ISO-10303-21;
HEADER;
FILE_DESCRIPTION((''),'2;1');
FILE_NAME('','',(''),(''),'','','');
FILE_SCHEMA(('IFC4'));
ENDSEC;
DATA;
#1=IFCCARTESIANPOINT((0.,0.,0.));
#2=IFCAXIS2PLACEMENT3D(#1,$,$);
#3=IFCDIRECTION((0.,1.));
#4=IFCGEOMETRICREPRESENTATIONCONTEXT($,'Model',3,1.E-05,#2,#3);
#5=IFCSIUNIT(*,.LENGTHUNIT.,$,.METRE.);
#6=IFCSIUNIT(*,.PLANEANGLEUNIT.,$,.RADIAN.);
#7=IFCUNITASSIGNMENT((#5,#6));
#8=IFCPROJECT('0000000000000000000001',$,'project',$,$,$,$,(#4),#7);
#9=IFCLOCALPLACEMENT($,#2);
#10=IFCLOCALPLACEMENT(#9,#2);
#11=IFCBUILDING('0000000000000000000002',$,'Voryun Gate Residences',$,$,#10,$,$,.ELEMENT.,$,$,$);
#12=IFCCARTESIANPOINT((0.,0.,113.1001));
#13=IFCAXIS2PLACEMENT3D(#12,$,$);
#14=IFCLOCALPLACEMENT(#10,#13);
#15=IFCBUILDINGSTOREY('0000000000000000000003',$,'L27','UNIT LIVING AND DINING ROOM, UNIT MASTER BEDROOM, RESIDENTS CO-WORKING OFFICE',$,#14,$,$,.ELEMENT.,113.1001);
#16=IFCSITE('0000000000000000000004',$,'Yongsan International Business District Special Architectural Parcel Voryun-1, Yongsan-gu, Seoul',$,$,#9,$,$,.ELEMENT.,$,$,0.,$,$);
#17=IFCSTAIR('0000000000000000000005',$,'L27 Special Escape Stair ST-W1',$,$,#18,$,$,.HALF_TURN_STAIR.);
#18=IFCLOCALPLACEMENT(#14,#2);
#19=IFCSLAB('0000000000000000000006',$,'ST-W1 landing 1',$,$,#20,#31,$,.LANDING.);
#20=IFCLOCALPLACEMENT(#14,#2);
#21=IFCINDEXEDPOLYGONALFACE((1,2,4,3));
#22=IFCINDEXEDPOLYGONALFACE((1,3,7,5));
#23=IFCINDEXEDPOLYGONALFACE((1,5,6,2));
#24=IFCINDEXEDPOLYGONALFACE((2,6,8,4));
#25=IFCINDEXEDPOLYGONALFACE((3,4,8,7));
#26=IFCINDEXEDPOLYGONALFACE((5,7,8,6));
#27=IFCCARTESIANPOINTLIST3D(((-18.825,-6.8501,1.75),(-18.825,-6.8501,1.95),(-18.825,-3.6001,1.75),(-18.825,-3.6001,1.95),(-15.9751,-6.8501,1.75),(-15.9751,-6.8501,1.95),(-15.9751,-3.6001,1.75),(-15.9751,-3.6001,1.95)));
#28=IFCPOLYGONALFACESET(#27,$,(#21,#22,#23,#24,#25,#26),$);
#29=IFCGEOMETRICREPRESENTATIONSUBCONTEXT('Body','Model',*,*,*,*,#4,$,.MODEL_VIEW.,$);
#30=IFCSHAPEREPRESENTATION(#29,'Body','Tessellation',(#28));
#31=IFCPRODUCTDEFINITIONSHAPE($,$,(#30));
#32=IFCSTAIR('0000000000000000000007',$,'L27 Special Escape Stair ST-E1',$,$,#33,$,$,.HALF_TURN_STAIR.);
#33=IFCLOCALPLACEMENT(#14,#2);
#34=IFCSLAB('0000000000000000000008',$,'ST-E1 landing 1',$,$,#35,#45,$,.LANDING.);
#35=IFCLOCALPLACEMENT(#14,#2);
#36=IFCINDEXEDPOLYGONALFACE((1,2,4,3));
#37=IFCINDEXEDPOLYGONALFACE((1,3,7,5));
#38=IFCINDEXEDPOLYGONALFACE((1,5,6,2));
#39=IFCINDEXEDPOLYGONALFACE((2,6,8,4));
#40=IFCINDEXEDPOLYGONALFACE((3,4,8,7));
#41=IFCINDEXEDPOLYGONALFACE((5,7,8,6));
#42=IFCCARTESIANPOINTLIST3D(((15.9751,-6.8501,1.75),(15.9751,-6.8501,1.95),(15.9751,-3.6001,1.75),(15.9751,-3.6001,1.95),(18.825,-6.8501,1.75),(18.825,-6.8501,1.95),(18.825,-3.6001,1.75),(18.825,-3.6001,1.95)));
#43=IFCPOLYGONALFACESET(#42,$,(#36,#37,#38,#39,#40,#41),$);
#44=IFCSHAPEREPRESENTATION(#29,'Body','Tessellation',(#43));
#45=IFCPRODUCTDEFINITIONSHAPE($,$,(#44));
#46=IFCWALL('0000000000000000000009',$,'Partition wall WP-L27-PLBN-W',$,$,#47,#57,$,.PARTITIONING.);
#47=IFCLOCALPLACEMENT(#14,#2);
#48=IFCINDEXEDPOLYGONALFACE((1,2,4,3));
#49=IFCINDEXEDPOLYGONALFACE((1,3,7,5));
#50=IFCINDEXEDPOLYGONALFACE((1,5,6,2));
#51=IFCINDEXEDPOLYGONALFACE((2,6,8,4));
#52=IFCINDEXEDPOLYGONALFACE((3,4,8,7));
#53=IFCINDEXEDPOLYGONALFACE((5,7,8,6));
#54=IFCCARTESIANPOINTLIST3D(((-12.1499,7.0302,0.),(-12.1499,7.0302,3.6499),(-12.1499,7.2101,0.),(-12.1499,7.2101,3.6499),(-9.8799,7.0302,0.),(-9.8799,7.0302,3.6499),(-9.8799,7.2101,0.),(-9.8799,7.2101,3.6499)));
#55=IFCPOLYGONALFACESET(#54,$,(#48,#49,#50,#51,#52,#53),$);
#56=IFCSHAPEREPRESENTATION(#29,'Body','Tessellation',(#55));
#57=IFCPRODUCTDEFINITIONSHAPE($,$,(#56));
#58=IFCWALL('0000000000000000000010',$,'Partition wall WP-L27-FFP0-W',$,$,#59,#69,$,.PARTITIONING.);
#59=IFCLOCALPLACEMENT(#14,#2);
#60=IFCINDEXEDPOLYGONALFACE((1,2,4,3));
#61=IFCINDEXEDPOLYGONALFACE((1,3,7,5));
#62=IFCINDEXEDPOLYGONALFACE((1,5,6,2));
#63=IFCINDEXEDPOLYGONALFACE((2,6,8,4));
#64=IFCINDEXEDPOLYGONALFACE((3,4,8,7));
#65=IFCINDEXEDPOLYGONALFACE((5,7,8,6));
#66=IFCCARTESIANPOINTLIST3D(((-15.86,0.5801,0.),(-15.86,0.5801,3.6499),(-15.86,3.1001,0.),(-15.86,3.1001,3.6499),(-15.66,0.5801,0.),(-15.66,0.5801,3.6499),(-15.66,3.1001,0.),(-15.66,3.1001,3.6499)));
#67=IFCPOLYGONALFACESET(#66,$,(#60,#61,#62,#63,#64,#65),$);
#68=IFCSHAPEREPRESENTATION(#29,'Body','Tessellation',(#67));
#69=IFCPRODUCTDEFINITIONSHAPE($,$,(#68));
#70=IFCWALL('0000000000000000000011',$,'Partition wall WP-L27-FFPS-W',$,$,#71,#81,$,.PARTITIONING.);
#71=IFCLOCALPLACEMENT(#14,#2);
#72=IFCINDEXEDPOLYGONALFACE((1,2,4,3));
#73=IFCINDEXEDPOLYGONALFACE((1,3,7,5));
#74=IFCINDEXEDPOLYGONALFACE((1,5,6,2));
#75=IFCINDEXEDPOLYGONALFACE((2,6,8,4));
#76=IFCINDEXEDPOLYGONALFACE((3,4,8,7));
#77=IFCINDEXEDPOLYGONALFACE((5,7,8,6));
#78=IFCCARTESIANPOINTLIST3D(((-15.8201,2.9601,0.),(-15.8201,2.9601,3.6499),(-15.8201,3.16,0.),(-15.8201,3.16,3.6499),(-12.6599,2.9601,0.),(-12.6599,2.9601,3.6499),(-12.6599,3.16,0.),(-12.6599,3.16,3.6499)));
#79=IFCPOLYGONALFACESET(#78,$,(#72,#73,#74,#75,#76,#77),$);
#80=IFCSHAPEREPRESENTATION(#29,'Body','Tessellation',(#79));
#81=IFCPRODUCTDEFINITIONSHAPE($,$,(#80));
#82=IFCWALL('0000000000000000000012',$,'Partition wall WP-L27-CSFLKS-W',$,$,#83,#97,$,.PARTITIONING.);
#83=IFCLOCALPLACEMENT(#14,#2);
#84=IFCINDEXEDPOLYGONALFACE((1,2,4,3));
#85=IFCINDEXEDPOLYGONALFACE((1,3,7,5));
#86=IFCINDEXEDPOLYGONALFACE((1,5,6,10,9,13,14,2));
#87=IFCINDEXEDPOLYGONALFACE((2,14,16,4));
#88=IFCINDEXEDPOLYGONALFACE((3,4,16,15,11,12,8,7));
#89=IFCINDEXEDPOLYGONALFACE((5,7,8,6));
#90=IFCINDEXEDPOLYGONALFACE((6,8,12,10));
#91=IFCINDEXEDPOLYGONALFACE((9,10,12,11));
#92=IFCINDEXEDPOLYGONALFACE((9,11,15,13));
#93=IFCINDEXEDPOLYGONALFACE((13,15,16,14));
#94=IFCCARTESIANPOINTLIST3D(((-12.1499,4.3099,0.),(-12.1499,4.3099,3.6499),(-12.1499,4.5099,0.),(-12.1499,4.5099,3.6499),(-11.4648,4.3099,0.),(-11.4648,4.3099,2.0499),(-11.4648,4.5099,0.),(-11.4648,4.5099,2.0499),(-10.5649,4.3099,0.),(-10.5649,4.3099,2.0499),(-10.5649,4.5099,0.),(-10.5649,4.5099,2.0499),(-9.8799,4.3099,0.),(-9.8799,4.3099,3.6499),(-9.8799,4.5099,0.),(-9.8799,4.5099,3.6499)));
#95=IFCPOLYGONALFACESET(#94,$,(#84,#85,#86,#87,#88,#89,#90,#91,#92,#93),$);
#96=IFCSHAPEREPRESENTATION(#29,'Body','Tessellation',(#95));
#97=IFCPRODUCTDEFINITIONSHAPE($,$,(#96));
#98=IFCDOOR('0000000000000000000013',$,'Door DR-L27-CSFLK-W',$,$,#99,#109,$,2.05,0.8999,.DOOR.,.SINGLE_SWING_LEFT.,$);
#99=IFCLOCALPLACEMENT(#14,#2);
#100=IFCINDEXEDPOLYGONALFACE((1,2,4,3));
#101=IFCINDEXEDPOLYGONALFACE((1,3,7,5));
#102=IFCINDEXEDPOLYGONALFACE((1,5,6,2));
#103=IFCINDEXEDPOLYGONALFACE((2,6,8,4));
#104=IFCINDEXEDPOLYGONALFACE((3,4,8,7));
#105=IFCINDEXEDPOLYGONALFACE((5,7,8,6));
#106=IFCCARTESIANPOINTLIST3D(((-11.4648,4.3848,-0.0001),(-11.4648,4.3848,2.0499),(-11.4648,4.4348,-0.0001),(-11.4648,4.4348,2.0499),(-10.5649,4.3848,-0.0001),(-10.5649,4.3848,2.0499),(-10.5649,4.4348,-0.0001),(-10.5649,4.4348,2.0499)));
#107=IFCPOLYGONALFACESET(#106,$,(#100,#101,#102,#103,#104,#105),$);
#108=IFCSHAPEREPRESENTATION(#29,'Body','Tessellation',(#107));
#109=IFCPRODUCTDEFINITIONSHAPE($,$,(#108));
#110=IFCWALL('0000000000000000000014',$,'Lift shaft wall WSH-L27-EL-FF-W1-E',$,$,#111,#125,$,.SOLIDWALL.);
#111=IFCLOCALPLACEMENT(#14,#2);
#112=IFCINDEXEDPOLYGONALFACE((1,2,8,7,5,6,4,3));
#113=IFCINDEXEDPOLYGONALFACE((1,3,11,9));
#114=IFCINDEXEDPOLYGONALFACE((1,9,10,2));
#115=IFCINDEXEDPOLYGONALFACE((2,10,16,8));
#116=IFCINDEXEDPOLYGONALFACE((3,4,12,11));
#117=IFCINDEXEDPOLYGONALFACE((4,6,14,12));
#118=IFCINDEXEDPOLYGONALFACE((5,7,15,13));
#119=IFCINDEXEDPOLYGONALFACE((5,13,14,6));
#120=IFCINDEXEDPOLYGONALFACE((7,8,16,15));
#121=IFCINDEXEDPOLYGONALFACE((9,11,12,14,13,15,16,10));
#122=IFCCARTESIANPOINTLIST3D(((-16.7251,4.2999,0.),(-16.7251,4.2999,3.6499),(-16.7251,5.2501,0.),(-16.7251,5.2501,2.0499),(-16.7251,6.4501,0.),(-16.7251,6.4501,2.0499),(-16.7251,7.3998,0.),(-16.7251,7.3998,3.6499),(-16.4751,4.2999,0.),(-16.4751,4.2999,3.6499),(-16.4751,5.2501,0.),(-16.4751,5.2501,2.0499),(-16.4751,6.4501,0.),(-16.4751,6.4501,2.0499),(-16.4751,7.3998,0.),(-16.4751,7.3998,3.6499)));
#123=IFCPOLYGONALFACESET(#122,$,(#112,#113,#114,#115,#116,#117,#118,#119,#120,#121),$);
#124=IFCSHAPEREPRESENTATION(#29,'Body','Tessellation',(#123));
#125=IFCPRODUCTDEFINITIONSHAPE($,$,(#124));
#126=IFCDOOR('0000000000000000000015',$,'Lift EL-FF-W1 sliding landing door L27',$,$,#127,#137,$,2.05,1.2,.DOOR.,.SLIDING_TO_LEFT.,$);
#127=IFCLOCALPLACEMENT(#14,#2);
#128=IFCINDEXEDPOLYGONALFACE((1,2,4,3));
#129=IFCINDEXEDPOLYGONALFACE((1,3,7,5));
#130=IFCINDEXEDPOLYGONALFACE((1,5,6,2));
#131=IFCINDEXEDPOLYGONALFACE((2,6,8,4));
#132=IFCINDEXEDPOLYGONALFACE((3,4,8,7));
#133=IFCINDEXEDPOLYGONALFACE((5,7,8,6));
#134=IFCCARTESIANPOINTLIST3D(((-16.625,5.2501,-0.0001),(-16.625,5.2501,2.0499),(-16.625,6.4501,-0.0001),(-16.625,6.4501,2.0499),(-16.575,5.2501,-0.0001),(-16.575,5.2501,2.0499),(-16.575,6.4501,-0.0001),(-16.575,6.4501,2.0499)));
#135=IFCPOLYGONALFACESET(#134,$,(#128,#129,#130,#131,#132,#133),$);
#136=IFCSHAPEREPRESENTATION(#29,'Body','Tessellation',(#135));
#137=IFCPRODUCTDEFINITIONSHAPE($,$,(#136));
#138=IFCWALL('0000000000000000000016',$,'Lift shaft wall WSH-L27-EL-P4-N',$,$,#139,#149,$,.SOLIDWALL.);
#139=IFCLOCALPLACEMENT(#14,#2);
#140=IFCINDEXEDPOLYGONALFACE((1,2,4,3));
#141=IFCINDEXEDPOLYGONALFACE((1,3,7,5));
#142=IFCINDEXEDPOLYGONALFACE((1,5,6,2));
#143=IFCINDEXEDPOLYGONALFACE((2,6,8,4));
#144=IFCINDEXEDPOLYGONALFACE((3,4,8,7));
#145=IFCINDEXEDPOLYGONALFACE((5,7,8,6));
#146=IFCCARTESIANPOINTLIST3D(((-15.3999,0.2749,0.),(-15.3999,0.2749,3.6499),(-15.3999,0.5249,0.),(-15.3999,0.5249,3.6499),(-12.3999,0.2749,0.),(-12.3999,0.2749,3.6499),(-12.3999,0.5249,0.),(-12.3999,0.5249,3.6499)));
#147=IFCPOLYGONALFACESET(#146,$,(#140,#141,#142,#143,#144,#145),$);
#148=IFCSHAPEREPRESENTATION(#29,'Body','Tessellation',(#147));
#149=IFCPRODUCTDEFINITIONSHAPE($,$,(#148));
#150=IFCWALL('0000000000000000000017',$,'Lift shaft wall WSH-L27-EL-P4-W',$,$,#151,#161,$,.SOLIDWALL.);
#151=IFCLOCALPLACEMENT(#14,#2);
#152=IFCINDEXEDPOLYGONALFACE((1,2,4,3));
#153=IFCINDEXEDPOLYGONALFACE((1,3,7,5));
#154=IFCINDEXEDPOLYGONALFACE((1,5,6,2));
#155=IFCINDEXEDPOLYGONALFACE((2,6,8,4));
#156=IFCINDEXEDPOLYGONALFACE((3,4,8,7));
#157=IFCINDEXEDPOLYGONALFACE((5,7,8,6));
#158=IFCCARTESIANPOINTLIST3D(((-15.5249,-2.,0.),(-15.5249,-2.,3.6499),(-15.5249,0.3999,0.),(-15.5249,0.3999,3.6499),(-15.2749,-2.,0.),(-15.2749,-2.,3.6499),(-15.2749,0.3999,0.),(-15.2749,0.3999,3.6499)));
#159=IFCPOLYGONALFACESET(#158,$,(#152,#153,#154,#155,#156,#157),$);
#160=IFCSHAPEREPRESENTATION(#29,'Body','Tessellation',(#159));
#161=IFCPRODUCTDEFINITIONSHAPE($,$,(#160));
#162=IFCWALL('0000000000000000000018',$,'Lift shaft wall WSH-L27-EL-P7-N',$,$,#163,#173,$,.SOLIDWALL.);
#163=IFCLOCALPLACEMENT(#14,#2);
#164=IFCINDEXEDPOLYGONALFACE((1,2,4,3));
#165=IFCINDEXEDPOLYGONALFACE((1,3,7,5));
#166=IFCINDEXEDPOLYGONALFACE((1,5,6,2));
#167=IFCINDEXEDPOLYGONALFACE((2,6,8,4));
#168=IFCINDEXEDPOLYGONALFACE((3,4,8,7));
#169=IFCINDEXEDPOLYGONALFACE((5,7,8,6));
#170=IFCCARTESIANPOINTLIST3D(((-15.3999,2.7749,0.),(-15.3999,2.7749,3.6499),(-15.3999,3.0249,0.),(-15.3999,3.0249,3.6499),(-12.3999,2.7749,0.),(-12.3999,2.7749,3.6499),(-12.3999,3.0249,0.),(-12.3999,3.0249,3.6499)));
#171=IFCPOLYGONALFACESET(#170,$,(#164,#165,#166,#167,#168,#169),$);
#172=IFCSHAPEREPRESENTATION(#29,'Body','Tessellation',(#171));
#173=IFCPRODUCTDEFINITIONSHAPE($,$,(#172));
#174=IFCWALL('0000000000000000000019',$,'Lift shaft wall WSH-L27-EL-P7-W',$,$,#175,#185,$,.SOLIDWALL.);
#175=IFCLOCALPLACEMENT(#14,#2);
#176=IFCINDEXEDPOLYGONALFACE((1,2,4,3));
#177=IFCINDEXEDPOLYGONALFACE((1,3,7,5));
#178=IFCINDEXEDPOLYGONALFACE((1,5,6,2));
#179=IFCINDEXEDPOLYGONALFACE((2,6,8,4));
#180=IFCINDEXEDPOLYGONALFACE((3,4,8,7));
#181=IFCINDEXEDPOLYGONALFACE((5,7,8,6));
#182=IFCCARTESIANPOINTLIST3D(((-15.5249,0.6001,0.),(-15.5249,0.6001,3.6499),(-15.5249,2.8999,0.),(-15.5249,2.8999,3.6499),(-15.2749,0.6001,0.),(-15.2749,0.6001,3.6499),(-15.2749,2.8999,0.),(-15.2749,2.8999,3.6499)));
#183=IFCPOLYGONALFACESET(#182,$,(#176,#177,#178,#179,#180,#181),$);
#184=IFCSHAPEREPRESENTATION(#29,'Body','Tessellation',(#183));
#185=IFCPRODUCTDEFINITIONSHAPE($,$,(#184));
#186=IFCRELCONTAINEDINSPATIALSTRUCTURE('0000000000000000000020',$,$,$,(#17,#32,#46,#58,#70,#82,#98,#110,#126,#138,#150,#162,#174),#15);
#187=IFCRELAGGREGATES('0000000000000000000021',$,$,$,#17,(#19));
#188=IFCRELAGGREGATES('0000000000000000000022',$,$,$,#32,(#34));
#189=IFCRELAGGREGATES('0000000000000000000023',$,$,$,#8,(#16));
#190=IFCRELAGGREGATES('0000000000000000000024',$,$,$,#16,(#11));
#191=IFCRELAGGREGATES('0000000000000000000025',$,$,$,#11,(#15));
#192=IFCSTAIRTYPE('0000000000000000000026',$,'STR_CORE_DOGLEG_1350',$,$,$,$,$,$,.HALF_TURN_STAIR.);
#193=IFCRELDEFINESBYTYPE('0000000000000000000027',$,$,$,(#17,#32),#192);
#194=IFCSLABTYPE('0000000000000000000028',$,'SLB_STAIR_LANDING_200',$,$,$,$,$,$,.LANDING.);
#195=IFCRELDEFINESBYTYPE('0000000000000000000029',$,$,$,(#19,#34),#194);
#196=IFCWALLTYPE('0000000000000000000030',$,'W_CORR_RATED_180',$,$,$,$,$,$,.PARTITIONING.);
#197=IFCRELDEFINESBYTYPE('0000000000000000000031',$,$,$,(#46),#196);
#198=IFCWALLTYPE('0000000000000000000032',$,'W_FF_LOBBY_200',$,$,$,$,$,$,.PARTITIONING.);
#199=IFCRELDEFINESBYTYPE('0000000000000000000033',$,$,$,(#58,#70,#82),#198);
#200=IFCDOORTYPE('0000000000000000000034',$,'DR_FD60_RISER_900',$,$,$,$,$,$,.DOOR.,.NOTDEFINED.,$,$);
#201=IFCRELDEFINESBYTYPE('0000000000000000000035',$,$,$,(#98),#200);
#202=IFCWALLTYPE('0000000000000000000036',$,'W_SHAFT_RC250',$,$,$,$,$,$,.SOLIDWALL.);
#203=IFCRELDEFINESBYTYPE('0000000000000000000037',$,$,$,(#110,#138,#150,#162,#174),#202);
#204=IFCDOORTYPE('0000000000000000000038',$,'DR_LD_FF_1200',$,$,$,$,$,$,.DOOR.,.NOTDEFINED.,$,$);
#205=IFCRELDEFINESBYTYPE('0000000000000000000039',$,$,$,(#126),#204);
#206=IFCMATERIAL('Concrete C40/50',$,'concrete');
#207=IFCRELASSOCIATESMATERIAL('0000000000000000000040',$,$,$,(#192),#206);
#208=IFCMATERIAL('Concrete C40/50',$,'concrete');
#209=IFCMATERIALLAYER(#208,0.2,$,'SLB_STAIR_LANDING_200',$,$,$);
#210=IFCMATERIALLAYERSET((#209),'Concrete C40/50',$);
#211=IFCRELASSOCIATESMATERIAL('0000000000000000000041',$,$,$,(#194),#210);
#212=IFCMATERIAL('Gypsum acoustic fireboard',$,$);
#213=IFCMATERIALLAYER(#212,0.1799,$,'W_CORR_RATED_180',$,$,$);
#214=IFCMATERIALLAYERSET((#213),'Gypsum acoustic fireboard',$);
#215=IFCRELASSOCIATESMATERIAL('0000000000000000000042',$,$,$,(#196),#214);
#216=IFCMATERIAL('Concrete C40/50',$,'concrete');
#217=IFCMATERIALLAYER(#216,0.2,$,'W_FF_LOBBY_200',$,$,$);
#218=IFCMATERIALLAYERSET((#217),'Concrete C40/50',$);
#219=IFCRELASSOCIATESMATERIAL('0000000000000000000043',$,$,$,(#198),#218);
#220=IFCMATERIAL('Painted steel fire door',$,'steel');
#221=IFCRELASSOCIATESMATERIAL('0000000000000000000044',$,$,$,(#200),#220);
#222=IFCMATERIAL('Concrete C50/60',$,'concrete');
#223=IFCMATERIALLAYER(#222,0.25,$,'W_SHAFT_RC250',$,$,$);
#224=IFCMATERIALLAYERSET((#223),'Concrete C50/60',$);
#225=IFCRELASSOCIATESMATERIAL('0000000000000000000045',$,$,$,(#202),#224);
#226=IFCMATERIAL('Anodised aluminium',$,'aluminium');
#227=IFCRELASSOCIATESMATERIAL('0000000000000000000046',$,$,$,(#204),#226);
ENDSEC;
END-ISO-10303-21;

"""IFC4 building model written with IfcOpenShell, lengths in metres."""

from ifc_helpers import new_model, si_unit, direction, frame, frame_2d, origin, place, context, subcontext, project, spatial, polyline, rectangle, outline, extrude, material, layer, layer_set, type_object, element, fill, aggregate, save


model = new_model("IFC4")

# Units and contexts
model_context = context("Model", 3, precision=1e-05, world=origin(), true_north=direction((0.0, 1.0)))
body_context = subcontext(model_context, "Body", "Model", "MODEL_VIEW")
ifc_project = project(units=[si_unit("LENGTHUNIT", "METRE"), si_unit("PLANEANGLEUNIT", "RADIAN")], contexts=[model_context])

# Site, building, storey
site_placement = place(None, origin())
site = spatial("IfcSite", under=ifc_project, at=site_placement, Name="Yongsan International Business District Special Architectural Parcel Voryun-1, Yongsan-gu, Seoul", CompositionType="ELEMENT", RefElevation=0.0)
building_placement = place(site_placement, origin())
building = spatial("IfcBuilding", under=site, at=building_placement, Name="Voryun Gate Residences", CompositionType="ELEMENT")
storey_placement = place(building_placement, frame((0.0, 0.0, 113.1001)))
storey = spatial("IfcBuildingStorey", under=building, at=storey_placement, Name="L27", Description="UNIT LIVING AND DINING ROOM, UNIT MASTER BEDROOM, RESIDENTS CO-WORKING OFFICE", CompositionType="ELEMENT", Elevation=113.1001)

# Stairs, slabs
ifc_material_1 = material(Name="Concrete C40/50", Category="concrete")
stair_type = type_object("IfcStairType", Name="STR_CORE_DOGLEG_1350", PredefinedType="HALF_TURN_STAIR", material=ifc_material_1)
stair_1_placement = place(storey_placement, origin())
stair_1 = element("IfcStair", 1, at=stair_1_placement, inside=storey, type_object=stair_type, Name="L27 Special Escape Stair ST-W1", PredefinedType="HALF_TURN_STAIR")
ifc_material_2 = material(Name="Concrete C40/50", Category="concrete")
ifc_layer_1 = layer(ifc_material_2, 0.2, Name="SLB_STAIR_LANDING_200")
ifc_layer_set_1 = layer_set([ifc_layer_1], Name="Concrete C40/50")
slab_type_1 = type_object("IfcSlabType", Name="SLB_STAIR_LANDING_200", PredefinedType="LANDING", material=ifc_layer_set_1)
slab_1_placement = place(storey_placement, frame((0.0, 0.0, 1.75)))
slab_1 = element("IfcSlab", 2, at=slab_1_placement, type_object=slab_type_1, Name="ST-W1 landing 1", PredefinedType="LANDING", context=body_context, shape_type="SweptSolid", body=[
    extrude(outline(polyline([(-18.825, -3.6001), (-18.825, -6.8501), (-15.9751, -6.8501), (-15.9751, -3.6001), (-18.825, -3.6001)])), origin(), (0.0, 0.0, 1.0), 0.2),
])
aggregate(stair_1, [slab_1])
stair_2_placement = place(storey_placement, origin())
stair_2 = element("IfcStair", 3, at=stair_2_placement, inside=storey, type_object=stair_type, Name="L27 Special Escape Stair ST-E1", PredefinedType="HALF_TURN_STAIR")
slab_2_placement = place(storey_placement, frame((0.0, 0.0, 1.75)))
slab_2 = element("IfcSlab", 4, at=slab_2_placement, type_object=slab_type_1, Name="ST-E1 landing 1", PredefinedType="LANDING", context=body_context, shape_type="SweptSolid", body=[
    extrude(outline(polyline([(15.9751, -3.6001), (15.9751, -6.8501), (18.825, -6.8501), (18.825, -3.6001), (15.9751, -3.6001)])), origin(), (0.0, 0.0, 1.0), 0.2),
])
aggregate(stair_2, [slab_2])

# Walls
ifc_material_3 = material(Name="Gypsum acoustic fireboard")
ifc_layer_2 = layer(ifc_material_3, 0.1799, Name="W_CORR_RATED_180")
ifc_layer_set_2 = layer_set([ifc_layer_2], Name="Gypsum acoustic fireboard")
wall_type_1 = type_object("IfcWallType", Name="W_CORR_RATED_180", PredefinedType="PARTITIONING", material=ifc_layer_set_2)
wall_1_placement = place(storey_placement, frame((-12.1499, 7.1201, 0.0), z_axis=(0.0, 0.0, 1.0), x_axis=(1.0, 0.0, 0.0)))
element("IfcWall", 5, at=wall_1_placement, inside=storey, type_object=wall_type_1, Name="Partition wall WP-L27-PLBN-W", PredefinedType="PARTITIONING", context=body_context, shape_type="SweptSolid", body=[
    extrude(rectangle(XDim=2.27, YDim=0.1799, at=frame_2d((1.135, 0.0))), origin(), (0.0, 0.0, 1.0), 3.6499),
])
ifc_material_4 = material(Name="Concrete C40/50", Category="concrete")
ifc_layer_3 = layer(ifc_material_4, 0.2, Name="W_FF_LOBBY_200")
ifc_layer_set_3 = layer_set([ifc_layer_3], Name="Concrete C40/50")
wall_type_2 = type_object("IfcWallType", Name="W_FF_LOBBY_200", PredefinedType="PARTITIONING", material=ifc_layer_set_3)
wall_2_placement = place(storey_placement, frame((-15.76, 0.5801, 0.0), z_axis=(0.0, 0.0, 1.0), x_axis=(0.0, 1.0, 0.0)))
element("IfcWall", 6, at=wall_2_placement, inside=storey, type_object=wall_type_2, Name="Partition wall WP-L27-FFP0-W", PredefinedType="PARTITIONING", context=body_context, shape_type="SweptSolid", body=[
    extrude(rectangle(XDim=2.52, YDim=0.2, at=frame_2d((1.26, 0.0))), origin(), (0.0, 0.0, 1.0), 3.6499),
])
wall_3_placement = place(storey_placement, frame((-15.8201, 3.0601, 0.0), z_axis=(0.0, 0.0, 1.0), x_axis=(1.0, 0.0, 0.0)))
element("IfcWall", 7, at=wall_3_placement, inside=storey, type_object=wall_type_2, Name="Partition wall WP-L27-FFPS-W", PredefinedType="PARTITIONING", context=body_context, shape_type="SweptSolid", body=[
    extrude(rectangle(XDim=3.1602, YDim=0.2, at=frame_2d((1.5801, 0.0))), origin(), (0.0, 0.0, 1.0), 3.6499),
])

# Walls, openings, doors
wall_4_placement = place(storey_placement, frame((-12.1499, 4.4099, 0.0), z_axis=(0.0, 0.0, 1.0), x_axis=(1.0, 0.0, 0.0)))
wall_4 = element("IfcWall", 8, at=wall_4_placement, inside=storey, type_object=wall_type_2, Name="Partition wall WP-L27-CSFLKS-W", PredefinedType="PARTITIONING", context=body_context, shape_type="SweptSolid", body=[
    extrude(rectangle(XDim=2.27, YDim=0.2, at=frame_2d((1.135, 0.0))), origin(), (0.0, 0.0, 1.0), 3.6499),
])
opening_1_placement = place(wall_4_placement, frame((0.6851, 0.0, 0.0)))
opening_1 = element("IfcOpeningElement", 9, at=opening_1_placement, cuts=wall_4, PredefinedType="OPENING", context=body_context, shape_type="SweptSolid", body=[
    extrude(rectangle(XDim=0.8999, YDim=2.05, at=frame_2d((0.45, 1.0249))), frame((0.0, 0.1101, 0.0), z_axis=(0.0, -1.0, 0.0), x_axis=(1.0, 0.0, 0.0)), (0.0, 0.0, 1.0), 0.22),
])
ifc_material_5 = material(Name="Painted steel fire door", Category="steel")
door_type_1 = type_object("IfcDoorType", Name="DR_FD60_RISER_900", OperationType="NOTDEFINED", PredefinedType="DOOR", material=ifc_material_5)
door_1_placement = place(opening_1_placement, origin())
door_1 = element("IfcDoor", 10, at=door_1_placement, inside=storey, type_object=door_type_1, Name="Door DR-L27-CSFLK-W", OperationType="SINGLE_SWING_LEFT", OverallHeight=2.05, OverallWidth=0.8999, PredefinedType="DOOR", context=body_context, shape_type="SweptSolid", body=[
    extrude(rectangle(XDim=0.8999, YDim=2.05, at=frame_2d((0.45, 1.0249))), frame((0.0, 0.0249, 0.0), z_axis=(0.0, -1.0, 0.0), x_axis=(1.0, 0.0, 0.0)), (0.0, 0.0, 1.0), 0.05),
])
fill(opening_1, door_1)
ifc_material_6 = material(Name="Concrete C50/60", Category="concrete")
ifc_layer_4 = layer(ifc_material_6, 0.25, Name="W_SHAFT_RC250")
ifc_layer_set_4 = layer_set([ifc_layer_4], Name="Concrete C50/60")
wall_type_3 = type_object("IfcWallType", Name="W_SHAFT_RC250", PredefinedType="SOLIDWALL", material=ifc_layer_set_4)
wall_5_placement = place(storey_placement, frame((-16.6001, 4.3, 0.0), z_axis=(0.0, 0.0, 1.0), x_axis=(0.0, 1.0, 0.0)))
wall_5 = element("IfcWall", 11, at=wall_5_placement, inside=storey, type_object=wall_type_3, Name="Lift shaft wall WSH-L27-EL-FF-W1-E", PredefinedType="SOLIDWALL", context=body_context, shape_type="SweptSolid", body=[
    extrude(rectangle(XDim=3.0999, YDim=0.25, at=frame_2d((1.5498, 0.0))), origin(), (0.0, 0.0, 1.0), 3.6499),
])
opening_2_placement = place(wall_5_placement, frame((0.95, 0.0, 0.0)))
opening_2 = element("IfcOpeningElement", 12, at=opening_2_placement, cuts=wall_5, PredefinedType="OPENING", context=body_context, shape_type="SweptSolid", body=[
    extrude(rectangle(XDim=1.2, YDim=2.05, at=frame_2d((0.6001, 1.0249))), frame((0.0, 0.135, 0.0), z_axis=(0.0, -1.0, 0.0), x_axis=(1.0, 0.0, 0.0)), (0.0, 0.0, 1.0), 0.27),
])
ifc_material_7 = material(Name="Anodised aluminium", Category="aluminium")
door_type_2 = type_object("IfcDoorType", Name="DR_LD_FF_1200", OperationType="NOTDEFINED", PredefinedType="DOOR", material=ifc_material_7)
door_2_placement = place(opening_2_placement, origin())
door_2 = element("IfcDoor", 13, at=door_2_placement, inside=storey, type_object=door_type_2, Name="Lift EL-FF-W1 sliding landing door L27", OperationType="SLIDING_TO_LEFT", OverallHeight=2.05, OverallWidth=1.2, PredefinedType="DOOR", context=body_context, shape_type="SweptSolid", body=[
    extrude(rectangle(XDim=1.2, YDim=2.05, at=frame_2d((0.6001, 1.0249))), frame((0.0, 0.0249, 0.0), z_axis=(0.0, -1.0, 0.0), x_axis=(1.0, 0.0, 0.0)), (0.0, 0.0, 1.0), 0.05),
])
fill(opening_2, door_2)

# Walls
wall_6_placement = place(storey_placement, frame((-12.3999, 0.3999, 0.0), z_axis=(0.0, 0.0, 1.0), x_axis=(-1.0, 0.0, 0.0)))
element("IfcWall", 14, at=wall_6_placement, inside=storey, type_object=wall_type_3, Name="Lift shaft wall WSH-L27-EL-P4-N", PredefinedType="SOLIDWALL", context=body_context, shape_type="SweptSolid", body=[
    extrude(rectangle(XDim=3.0, YDim=0.25, at=frame_2d((1.5, 0.0))), origin(), (0.0, 0.0, 1.0), 3.6499),
])
wall_7_placement = place(storey_placement, frame((-15.3999, 0.3999, 0.0), z_axis=(0.0, 0.0, 1.0), x_axis=(0.0, -1.0, 0.0)))
element("IfcWall", 15, at=wall_7_placement, inside=storey, type_object=wall_type_3, Name="Lift shaft wall WSH-L27-EL-P4-W", PredefinedType="SOLIDWALL", context=body_context, shape_type="SweptSolid", body=[
    extrude(rectangle(XDim=2.3999, YDim=0.25, at=frame_2d((1.2, 0.0))), origin(), (0.0, 0.0, 1.0), 3.6499),
])
wall_8_placement = place(storey_placement, frame((-12.3999, 2.8999, 0.0), z_axis=(0.0, 0.0, 1.0), x_axis=(-1.0, 0.0, 0.0)))
element("IfcWall", 16, at=wall_8_placement, inside=storey, type_object=wall_type_3, Name="Lift shaft wall WSH-L27-EL-P7-N", PredefinedType="SOLIDWALL", context=body_context, shape_type="SweptSolid", body=[
    extrude(rectangle(XDim=3.0, YDim=0.25, at=frame_2d((1.5, 0.0))), origin(), (0.0, 0.0, 1.0), 3.6499),
])
wall_9_placement = place(storey_placement, frame((-15.3999, 2.8999, 0.0), z_axis=(0.0, 0.0, 1.0), x_axis=(0.0, -1.0, 0.0)))
element("IfcWall", 17, at=wall_9_placement, inside=storey, type_object=wall_type_3, Name="Lift shaft wall WSH-L27-EL-P7-W", PredefinedType="SOLIDWALL", context=body_context, shape_type="SweptSolid", body=[
    extrude(rectangle(XDim=2.2998, YDim=0.25, at=frame_2d((1.1499, 0.0))), origin(), (0.0, 0.0, 1.0), 3.6499),
])

save(model, "model.ifc")
